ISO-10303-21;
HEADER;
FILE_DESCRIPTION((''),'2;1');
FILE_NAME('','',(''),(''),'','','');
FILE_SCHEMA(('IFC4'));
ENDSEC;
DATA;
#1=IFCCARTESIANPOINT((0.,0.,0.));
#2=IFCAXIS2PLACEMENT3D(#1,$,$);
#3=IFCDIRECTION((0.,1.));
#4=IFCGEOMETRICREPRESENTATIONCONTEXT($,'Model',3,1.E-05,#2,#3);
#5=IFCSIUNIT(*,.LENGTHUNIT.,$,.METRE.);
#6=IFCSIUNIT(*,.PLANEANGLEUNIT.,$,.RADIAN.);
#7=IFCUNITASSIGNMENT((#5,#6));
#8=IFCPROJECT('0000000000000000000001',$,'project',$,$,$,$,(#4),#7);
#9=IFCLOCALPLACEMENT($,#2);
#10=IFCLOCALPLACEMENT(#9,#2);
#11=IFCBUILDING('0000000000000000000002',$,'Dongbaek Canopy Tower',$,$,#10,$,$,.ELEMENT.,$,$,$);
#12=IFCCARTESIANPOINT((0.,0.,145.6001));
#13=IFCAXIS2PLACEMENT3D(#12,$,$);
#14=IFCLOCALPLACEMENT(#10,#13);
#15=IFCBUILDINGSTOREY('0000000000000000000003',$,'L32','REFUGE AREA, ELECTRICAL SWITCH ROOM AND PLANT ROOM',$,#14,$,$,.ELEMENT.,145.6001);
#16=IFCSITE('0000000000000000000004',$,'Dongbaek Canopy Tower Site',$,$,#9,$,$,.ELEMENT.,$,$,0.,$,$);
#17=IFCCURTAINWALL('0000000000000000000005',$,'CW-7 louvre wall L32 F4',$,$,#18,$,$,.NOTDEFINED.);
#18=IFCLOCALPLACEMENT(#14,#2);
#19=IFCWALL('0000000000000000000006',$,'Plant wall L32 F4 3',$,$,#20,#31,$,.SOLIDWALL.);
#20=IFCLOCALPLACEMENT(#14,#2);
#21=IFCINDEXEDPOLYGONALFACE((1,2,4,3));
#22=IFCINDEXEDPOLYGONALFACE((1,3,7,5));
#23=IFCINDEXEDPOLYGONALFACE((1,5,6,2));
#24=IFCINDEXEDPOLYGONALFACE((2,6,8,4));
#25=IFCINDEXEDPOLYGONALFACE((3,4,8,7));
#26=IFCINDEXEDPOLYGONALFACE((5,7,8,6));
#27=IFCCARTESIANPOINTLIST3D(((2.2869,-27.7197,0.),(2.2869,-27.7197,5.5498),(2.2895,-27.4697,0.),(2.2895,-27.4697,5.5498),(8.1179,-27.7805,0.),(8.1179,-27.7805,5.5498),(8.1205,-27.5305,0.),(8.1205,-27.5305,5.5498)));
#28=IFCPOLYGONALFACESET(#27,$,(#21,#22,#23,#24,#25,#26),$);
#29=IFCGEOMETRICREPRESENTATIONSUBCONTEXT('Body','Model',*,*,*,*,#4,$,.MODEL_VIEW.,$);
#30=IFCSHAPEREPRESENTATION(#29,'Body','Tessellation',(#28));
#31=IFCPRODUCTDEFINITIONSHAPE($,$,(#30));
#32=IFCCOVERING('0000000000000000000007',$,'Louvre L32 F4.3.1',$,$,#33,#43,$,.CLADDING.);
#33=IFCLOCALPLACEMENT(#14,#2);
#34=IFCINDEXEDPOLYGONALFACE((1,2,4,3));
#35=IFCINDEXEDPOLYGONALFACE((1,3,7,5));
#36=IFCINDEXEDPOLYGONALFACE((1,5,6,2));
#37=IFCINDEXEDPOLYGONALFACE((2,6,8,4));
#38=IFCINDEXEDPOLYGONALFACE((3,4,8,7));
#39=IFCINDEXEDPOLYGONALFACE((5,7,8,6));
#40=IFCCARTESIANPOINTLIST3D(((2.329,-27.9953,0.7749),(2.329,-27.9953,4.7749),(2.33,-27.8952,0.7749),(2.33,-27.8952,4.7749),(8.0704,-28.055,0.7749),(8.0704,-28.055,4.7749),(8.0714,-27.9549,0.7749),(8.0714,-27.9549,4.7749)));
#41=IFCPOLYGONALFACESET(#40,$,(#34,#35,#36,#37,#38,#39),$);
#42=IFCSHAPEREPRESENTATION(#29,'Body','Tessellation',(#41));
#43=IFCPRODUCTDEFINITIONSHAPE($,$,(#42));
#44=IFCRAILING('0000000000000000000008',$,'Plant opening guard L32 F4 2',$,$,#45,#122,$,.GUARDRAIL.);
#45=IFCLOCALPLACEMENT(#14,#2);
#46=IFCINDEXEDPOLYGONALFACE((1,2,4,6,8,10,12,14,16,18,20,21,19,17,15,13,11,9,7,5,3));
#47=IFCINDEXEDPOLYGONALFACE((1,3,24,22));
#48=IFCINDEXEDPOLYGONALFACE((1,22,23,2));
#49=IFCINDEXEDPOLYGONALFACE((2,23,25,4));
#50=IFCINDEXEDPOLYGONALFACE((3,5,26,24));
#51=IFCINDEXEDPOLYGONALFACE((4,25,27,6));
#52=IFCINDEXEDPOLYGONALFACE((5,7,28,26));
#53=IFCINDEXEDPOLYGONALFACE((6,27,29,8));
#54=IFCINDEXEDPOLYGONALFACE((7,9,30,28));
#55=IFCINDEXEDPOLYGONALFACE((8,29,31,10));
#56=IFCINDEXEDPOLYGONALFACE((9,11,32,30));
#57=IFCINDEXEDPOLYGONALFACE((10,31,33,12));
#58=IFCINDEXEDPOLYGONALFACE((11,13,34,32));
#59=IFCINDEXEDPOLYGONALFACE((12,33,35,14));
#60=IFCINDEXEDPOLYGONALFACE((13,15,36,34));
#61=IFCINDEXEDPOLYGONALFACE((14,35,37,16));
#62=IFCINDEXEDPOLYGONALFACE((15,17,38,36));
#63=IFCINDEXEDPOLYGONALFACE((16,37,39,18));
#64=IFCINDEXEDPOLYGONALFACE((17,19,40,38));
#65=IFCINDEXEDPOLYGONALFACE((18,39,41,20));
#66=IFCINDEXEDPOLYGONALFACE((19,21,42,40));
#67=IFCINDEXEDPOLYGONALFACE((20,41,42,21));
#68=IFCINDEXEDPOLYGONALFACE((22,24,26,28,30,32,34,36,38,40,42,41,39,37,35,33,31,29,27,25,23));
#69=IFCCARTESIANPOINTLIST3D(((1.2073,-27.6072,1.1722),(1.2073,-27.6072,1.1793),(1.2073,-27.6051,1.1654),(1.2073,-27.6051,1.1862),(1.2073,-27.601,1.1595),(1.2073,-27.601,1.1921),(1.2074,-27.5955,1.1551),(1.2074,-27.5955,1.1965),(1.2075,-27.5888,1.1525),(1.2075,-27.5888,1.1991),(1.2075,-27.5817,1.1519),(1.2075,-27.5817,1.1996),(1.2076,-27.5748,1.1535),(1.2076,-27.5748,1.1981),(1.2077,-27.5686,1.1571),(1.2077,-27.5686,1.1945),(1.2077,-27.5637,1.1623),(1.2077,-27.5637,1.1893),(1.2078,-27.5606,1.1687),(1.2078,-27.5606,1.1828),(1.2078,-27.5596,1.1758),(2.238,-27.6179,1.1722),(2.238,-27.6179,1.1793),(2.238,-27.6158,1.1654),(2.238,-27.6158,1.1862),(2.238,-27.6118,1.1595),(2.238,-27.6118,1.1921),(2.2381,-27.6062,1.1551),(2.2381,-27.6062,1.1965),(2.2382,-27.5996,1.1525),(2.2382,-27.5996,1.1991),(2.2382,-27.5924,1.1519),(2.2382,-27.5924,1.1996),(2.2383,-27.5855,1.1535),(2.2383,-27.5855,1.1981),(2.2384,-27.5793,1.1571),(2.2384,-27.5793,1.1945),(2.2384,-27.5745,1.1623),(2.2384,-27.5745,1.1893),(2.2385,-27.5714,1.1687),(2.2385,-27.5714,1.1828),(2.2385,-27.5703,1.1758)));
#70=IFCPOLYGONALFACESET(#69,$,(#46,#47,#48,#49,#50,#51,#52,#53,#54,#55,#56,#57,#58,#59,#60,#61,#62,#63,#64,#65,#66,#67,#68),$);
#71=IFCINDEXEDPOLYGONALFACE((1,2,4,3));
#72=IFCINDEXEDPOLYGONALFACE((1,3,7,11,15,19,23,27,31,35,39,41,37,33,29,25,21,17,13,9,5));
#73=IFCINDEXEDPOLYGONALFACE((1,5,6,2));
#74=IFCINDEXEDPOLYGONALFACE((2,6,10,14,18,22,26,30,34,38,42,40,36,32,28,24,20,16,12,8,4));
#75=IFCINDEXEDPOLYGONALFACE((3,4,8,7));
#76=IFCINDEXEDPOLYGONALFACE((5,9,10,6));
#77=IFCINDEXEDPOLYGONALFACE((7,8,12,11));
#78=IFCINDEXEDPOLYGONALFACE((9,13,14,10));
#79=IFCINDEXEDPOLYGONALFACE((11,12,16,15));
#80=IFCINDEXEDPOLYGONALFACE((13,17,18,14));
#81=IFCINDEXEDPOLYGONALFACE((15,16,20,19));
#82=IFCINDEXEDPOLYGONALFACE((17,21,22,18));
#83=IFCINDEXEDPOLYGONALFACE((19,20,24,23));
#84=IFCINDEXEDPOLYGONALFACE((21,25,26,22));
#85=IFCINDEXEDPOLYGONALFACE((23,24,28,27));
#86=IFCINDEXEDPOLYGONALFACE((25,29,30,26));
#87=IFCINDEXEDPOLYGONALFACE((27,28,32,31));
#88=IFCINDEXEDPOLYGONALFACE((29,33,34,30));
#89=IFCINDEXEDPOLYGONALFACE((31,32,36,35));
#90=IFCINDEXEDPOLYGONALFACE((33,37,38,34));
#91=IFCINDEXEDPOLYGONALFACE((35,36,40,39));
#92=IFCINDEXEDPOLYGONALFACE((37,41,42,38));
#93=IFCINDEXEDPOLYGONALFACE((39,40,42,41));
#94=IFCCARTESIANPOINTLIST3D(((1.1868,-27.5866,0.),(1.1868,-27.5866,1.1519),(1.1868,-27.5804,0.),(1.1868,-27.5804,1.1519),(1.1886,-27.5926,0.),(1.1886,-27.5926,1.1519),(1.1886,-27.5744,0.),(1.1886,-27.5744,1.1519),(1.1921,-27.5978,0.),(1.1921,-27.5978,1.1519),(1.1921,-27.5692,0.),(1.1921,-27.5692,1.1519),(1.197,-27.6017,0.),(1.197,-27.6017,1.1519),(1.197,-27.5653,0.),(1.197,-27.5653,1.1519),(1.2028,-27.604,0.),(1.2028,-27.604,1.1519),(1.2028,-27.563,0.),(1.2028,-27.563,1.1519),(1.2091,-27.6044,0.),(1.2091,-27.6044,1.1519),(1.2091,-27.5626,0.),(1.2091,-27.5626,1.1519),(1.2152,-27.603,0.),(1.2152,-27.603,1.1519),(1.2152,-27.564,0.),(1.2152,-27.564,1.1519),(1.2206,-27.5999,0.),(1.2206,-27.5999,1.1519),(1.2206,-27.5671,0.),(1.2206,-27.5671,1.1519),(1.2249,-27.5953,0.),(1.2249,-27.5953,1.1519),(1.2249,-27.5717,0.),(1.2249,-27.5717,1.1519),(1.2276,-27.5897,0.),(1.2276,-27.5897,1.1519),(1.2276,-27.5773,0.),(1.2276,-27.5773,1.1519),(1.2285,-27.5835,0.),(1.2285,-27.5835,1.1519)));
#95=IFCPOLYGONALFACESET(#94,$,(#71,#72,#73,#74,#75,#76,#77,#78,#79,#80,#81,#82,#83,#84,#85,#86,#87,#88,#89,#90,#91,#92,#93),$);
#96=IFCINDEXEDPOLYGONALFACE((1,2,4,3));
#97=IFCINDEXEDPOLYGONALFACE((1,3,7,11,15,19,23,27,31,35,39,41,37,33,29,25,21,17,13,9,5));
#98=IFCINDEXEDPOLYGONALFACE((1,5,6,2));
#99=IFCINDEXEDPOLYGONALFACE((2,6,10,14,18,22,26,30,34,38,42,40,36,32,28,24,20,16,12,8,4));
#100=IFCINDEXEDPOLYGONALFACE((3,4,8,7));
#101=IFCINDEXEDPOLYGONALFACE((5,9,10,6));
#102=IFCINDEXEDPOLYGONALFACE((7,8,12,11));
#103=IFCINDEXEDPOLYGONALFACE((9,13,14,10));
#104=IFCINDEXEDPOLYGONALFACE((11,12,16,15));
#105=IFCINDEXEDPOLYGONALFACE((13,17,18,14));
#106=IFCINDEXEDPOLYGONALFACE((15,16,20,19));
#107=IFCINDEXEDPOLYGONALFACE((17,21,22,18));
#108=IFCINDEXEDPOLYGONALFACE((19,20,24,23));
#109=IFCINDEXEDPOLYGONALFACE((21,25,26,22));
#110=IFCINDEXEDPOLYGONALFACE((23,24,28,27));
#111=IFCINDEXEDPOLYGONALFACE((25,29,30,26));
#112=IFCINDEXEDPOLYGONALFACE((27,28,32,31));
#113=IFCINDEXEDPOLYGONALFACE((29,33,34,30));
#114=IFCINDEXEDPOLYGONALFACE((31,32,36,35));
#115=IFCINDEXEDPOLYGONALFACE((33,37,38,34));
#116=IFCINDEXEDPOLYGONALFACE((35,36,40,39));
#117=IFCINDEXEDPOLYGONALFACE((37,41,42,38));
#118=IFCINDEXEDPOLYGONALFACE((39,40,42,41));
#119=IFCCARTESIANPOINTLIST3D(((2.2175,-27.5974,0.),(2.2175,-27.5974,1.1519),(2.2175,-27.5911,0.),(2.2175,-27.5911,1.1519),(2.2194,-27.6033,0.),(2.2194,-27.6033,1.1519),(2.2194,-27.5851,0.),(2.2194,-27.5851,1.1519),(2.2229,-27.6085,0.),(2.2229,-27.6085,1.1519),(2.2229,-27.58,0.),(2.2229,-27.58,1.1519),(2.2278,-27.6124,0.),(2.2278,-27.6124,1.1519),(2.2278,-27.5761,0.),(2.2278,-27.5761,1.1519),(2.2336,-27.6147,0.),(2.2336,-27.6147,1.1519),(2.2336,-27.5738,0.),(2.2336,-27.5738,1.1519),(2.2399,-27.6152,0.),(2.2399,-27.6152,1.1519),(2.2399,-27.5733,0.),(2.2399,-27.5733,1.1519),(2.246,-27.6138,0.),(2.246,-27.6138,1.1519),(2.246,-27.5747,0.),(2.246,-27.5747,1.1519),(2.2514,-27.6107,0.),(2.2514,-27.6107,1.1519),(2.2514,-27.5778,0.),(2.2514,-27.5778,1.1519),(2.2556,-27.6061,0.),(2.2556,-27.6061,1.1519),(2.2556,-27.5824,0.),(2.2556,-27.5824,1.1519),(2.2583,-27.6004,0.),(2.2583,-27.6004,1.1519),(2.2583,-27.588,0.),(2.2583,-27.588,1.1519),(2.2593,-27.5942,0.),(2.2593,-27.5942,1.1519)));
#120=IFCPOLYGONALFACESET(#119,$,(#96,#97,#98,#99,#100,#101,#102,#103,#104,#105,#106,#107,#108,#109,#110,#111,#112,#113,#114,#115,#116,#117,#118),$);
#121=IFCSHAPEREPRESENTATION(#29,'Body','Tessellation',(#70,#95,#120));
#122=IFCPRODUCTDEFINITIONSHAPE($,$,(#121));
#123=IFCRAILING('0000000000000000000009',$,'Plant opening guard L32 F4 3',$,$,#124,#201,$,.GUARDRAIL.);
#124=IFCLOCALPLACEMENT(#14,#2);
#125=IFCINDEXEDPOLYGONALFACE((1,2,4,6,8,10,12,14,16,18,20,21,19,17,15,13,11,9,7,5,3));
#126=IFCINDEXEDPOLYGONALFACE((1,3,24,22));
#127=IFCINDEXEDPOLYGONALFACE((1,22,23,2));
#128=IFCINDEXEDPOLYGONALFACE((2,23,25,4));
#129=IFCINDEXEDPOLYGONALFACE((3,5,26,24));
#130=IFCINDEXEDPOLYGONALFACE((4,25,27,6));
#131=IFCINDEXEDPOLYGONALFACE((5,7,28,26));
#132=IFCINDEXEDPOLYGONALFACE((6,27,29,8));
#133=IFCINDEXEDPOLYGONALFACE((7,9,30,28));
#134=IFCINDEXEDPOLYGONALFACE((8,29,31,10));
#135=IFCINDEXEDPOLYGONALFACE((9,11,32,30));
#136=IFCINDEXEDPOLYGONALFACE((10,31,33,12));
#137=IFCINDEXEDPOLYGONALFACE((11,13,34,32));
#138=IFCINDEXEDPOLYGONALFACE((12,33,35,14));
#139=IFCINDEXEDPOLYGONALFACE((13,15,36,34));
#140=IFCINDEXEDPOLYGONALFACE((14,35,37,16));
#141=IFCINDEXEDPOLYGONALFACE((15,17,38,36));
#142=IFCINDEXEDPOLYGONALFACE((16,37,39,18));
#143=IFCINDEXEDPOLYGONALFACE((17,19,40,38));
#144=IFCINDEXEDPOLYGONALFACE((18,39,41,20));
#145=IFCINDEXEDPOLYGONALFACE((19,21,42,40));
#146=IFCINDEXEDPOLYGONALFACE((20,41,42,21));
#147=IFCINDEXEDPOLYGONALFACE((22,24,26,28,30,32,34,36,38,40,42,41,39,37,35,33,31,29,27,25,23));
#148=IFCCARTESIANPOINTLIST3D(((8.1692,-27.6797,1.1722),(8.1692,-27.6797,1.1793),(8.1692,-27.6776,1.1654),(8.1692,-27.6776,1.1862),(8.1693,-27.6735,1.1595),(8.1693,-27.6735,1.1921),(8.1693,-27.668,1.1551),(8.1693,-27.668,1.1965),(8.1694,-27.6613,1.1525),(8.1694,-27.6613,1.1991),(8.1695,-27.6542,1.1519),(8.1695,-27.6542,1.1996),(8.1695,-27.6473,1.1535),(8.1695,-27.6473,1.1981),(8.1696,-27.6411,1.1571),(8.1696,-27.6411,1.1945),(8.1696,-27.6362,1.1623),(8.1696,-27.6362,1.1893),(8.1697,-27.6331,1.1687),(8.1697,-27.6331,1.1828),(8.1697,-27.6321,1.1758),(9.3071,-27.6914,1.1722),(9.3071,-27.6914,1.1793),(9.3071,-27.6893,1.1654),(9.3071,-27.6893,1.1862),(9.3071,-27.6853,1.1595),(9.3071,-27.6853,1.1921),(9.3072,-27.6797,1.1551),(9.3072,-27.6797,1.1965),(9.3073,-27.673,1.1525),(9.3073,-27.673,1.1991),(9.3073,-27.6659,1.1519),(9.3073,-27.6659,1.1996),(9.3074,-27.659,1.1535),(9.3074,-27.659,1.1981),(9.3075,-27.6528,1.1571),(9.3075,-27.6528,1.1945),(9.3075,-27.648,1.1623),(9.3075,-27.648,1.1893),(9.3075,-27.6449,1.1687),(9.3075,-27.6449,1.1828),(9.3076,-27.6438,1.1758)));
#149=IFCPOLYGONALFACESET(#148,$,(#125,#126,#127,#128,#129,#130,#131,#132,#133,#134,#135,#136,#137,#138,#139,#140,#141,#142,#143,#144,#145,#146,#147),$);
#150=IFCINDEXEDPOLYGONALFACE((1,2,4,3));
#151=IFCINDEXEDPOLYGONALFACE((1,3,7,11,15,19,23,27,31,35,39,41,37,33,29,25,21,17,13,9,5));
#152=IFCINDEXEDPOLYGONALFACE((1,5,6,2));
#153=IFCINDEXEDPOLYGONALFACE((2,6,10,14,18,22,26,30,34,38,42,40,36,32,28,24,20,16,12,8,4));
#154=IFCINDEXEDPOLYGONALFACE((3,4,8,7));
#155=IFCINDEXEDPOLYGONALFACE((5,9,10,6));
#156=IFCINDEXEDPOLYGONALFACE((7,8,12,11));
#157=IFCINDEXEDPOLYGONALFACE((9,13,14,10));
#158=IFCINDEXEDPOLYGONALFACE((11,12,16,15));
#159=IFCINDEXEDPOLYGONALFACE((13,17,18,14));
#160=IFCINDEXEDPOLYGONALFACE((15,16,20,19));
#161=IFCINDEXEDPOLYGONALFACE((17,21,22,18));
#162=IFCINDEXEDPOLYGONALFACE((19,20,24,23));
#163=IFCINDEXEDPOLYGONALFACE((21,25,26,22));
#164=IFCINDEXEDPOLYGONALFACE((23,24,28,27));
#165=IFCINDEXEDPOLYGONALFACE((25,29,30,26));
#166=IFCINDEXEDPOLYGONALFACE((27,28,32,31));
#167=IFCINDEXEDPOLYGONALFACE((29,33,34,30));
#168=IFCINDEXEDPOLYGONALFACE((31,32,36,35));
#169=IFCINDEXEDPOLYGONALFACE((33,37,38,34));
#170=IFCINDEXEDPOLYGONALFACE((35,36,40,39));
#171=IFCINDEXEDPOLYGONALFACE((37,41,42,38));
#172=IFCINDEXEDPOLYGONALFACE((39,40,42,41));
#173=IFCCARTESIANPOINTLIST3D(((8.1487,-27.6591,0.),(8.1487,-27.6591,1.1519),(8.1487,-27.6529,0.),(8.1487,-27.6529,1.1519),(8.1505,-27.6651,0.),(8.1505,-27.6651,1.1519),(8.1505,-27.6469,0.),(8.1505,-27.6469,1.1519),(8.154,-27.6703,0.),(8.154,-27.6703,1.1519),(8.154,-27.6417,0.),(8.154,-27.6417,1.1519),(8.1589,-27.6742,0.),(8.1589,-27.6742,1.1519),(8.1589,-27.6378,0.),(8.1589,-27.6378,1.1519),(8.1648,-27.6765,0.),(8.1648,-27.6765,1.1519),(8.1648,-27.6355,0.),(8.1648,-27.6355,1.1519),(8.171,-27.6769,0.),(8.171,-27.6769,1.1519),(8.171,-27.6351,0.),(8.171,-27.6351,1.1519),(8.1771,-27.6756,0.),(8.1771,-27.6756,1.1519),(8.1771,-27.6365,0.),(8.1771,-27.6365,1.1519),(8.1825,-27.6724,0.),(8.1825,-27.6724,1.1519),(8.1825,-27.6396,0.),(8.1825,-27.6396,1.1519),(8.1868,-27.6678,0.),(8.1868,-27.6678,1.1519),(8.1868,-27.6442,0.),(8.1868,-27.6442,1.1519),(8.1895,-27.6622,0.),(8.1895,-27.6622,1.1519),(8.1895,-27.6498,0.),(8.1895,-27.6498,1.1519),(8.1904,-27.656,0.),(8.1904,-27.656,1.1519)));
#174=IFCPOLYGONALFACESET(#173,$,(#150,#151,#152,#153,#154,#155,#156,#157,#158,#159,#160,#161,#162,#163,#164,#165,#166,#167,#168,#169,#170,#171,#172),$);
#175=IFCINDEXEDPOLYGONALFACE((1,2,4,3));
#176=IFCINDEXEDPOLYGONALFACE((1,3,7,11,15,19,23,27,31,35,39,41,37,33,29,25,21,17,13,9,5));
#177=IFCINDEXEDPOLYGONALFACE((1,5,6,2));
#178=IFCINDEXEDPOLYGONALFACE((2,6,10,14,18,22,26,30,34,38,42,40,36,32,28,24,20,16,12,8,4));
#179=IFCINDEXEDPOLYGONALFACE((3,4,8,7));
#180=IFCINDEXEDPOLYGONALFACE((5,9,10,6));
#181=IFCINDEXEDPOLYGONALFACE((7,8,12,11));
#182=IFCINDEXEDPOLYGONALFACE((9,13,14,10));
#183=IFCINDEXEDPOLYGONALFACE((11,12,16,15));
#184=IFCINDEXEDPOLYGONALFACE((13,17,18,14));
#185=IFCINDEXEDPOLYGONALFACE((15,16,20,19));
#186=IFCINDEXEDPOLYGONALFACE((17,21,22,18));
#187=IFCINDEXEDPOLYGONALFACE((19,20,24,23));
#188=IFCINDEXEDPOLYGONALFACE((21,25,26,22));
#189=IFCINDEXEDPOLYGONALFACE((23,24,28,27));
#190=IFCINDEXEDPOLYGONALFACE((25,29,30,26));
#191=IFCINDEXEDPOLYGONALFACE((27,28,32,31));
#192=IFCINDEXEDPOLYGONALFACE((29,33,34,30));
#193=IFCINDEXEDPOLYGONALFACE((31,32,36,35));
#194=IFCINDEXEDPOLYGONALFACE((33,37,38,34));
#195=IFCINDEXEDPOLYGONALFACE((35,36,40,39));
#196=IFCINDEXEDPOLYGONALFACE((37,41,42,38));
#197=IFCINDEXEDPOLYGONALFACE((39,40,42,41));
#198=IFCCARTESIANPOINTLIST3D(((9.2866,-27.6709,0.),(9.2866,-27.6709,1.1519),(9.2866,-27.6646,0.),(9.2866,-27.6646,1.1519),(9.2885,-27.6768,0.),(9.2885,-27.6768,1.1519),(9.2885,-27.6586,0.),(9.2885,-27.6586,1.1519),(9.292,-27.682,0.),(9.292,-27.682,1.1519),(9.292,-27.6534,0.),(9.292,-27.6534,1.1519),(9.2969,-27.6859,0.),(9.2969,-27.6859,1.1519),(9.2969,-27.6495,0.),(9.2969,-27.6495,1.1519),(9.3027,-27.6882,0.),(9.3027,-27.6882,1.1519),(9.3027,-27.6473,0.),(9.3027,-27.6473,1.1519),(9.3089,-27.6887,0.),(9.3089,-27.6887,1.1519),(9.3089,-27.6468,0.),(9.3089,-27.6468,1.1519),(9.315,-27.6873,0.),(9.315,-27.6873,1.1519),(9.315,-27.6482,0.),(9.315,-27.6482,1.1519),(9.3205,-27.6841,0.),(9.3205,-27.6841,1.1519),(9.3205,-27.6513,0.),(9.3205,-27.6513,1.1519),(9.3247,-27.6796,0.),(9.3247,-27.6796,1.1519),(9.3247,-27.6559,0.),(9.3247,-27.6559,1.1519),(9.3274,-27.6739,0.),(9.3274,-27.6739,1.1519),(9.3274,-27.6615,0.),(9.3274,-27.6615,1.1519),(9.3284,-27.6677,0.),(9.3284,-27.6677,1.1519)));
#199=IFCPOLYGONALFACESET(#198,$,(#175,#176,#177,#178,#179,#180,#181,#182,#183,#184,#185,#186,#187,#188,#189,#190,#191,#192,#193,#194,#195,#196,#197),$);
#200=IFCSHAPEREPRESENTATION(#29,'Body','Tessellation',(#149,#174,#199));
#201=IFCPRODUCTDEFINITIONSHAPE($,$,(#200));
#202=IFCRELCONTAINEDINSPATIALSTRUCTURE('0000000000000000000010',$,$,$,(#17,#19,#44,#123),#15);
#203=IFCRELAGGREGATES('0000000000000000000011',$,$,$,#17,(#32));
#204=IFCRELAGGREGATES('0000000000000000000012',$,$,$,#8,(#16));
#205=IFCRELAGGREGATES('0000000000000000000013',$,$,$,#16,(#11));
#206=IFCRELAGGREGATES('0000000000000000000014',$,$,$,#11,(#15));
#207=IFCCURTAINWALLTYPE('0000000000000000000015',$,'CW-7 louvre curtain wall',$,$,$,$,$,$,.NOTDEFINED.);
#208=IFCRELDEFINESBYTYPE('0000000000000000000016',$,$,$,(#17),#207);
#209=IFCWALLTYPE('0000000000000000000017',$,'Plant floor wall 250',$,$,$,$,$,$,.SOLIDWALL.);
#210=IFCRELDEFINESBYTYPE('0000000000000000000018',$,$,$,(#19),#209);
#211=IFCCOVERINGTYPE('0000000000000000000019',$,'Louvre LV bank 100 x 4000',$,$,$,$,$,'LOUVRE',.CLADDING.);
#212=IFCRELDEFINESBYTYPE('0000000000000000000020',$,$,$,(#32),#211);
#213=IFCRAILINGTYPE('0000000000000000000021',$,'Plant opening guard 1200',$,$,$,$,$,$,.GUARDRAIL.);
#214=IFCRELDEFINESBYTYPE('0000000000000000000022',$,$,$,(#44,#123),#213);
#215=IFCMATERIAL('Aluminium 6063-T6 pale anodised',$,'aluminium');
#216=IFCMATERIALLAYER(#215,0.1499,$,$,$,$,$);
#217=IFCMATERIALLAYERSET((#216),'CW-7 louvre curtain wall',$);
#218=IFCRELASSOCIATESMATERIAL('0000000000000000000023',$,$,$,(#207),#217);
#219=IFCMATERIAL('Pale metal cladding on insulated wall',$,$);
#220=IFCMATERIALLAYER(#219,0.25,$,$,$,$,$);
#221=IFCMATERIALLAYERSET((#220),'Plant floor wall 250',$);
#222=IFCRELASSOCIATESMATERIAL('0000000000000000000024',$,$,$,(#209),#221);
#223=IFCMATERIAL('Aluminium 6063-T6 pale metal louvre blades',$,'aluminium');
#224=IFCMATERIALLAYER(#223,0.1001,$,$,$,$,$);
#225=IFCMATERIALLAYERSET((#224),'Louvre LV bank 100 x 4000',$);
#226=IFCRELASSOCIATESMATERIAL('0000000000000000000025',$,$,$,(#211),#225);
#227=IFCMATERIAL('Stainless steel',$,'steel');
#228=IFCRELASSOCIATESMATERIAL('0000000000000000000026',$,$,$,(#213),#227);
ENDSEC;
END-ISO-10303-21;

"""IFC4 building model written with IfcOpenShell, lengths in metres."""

from ifc_helpers import new_model, si_unit, direction, frame, frame_2d, origin, origin_2d, place, context, subcontext, project, spatial, rectangle, circle, extrude, material, layer, layer_set, type_object, element, aggregate, save


model = new_model("IFC4")

# Units and contexts
model_context = context("Model", 3, precision=1e-05, world=origin(), true_north=direction((0.0, 1.0)))
body_context = subcontext(model_context, "Body", "Model", "MODEL_VIEW")
ifc_project = project(units=[si_unit("LENGTHUNIT", "METRE"), si_unit("PLANEANGLEUNIT", "RADIAN")], contexts=[model_context])

# Site, building, storey
site_placement = place(None, origin())
site = spatial("IfcSite", under=ifc_project, at=site_placement, Name="Dongbaek Canopy Tower Site", CompositionType="ELEMENT", RefElevation=0.0)
building_placement = place(site_placement, origin())
building = spatial("IfcBuilding", under=site, at=building_placement, Name="Dongbaek Canopy Tower", CompositionType="ELEMENT")
storey_placement = place(building_placement, frame((0.0, 0.0, 145.6001)))
storey = spatial("IfcBuildingStorey", under=building, at=storey_placement, Name="L32", Description="REFUGE AREA, ELECTRICAL SWITCH ROOM AND PLANT ROOM", CompositionType="ELEMENT", Elevation=145.6001)

# Curtain wall
ifc_material_1 = material(Name="Aluminium 6063-T6 pale anodised", Category="aluminium")
ifc_layer_1 = layer(ifc_material_1, 0.1499)
ifc_layer_set_1 = layer_set([ifc_layer_1], Name="CW-7 louvre curtain wall")
curtain_wall_type = type_object("IfcCurtainWallType", Name="CW-7 louvre curtain wall", PredefinedType="NOTDEFINED", material=ifc_layer_set_1)
curtain_wall_placement = place(storey_placement, origin())
curtain_wall = element("IfcCurtainWall", 1, at=curtain_wall_placement, inside=storey, type_object=curtain_wall_type, Name="CW-7 louvre wall L32 F4", PredefinedType="NOTDEFINED")

# Wall
ifc_material_2 = material(Name="Pale metal cladding on insulated wall")
ifc_layer_2 = layer(ifc_material_2, 0.25)
ifc_layer_set_2 = layer_set([ifc_layer_2], Name="Plant floor wall 250")
wall_type_1 = type_object("IfcWallType", Name="Plant floor wall 250", PredefinedType="SOLIDWALL", material=ifc_layer_set_2)
wall_1_placement = place(storey_placement, frame((2.2883, -27.5947, 0.0), z_axis=(0.0, 0.0, 1.0), x_axis=(0.999946, -0.010425, 0.0)))
element("IfcWall", 2, at=wall_1_placement, inside=storey, type_object=wall_type_1, Name="Plant wall L32 F4 3", PredefinedType="SOLIDWALL", context=body_context, shape_type="SweptSolid", body=[
    extrude(rectangle(XDim=5.8313, YDim=0.25, at=frame_2d((2.9155, 0.0))), origin(), (0.0, 0.0, 1.0), 5.5498),
])

# Covering
ifc_material_3 = material(Name="Aluminium 6063-T6 pale metal louvre blades", Category="aluminium")
ifc_layer_3 = layer(ifc_material_3, 0.1001)
ifc_layer_set_3 = layer_set([ifc_layer_3], Name="Louvre LV bank 100 x 4000")
covering_type = type_object("IfcCoveringType", Name="Louvre LV bank 100 x 4000", ElementType="LOUVRE", PredefinedType="CLADDING", material=ifc_layer_set_3)
covering_placement = place(storey_placement, frame((5.2002, -27.9751, 0.7749), z_axis=(0.0, 0.0, 1.0), x_axis=(0.999946, -0.010401, 0.0)))
covering = element("IfcCovering", 3, at=covering_placement, type_object=covering_type, Name="Louvre L32 F4.3.1", PredefinedType="CLADDING", context=body_context, shape_type="SweptSolid", body=[
    extrude(rectangle(XDim=5.7417, YDim=0.1001, at=origin_2d()), origin(), (0.0, 0.0, 1.0), 4.0),
])

# Railings
ifc_material_4 = material(Name="Stainless steel", Category="steel")
railing_type = type_object("IfcRailingType", Name="Plant opening guard 1200", PredefinedType="GUARDRAIL", material=ifc_material_4)
railing_1_placement = place(storey_placement, frame((1.2075, -27.5835, 0.0)))
element("IfcRailing", 4, at=railing_1_placement, inside=storey, type_object=railing_type, Name="Plant opening guard L32 F4 2", PredefinedType="GUARDRAIL", context=body_context, shape_type="SweptSolid", body=[
    extrude(circle(Radius=0.0239, at=origin_2d()), frame((0.0, 0.0, 1.1758), z_axis=(0.999946, -0.010421, 0.0), x_axis=(0.010421, 0.999946, 0.0)), (0.0, 0.0, 1.0), 1.0308),
    extrude(circle(Radius=0.021, at=origin_2d()), origin(), (0.0, 0.0, 1.0), 1.1519),
    extrude(circle(Radius=0.021, at=origin_2d()), frame((1.0308, -0.0107, 0.0)), (0.0, 0.0, 1.0), 1.1519),
])
railing_2_placement = place(storey_placement, frame((8.1694, -27.656, 0.0)))
element("IfcRailing", 5, at=railing_2_placement, inside=storey, type_object=railing_type, Name="Plant opening guard L32 F4 3", PredefinedType="GUARDRAIL", context=body_context, shape_type="SweptSolid", body=[
    extrude(circle(Radius=0.0239, at=origin_2d()), frame((0.0, 0.0, 1.1758), z_axis=(0.999947, -0.010298, 0.0), x_axis=(0.010298, 0.999947, 0.0)), (0.0, 0.0, 1.0), 1.1379),
    extrude(circle(Radius=0.021, at=origin_2d()), origin(), (0.0, 0.0, 1.0), 1.1519),
    extrude(circle(Radius=0.021, at=origin_2d()), frame((1.1379, -0.0117, 0.0)), (0.0, 0.0, 1.0), 1.1519),
])

aggregate(curtain_wall, [covering])

save(model, "model.ifc")
